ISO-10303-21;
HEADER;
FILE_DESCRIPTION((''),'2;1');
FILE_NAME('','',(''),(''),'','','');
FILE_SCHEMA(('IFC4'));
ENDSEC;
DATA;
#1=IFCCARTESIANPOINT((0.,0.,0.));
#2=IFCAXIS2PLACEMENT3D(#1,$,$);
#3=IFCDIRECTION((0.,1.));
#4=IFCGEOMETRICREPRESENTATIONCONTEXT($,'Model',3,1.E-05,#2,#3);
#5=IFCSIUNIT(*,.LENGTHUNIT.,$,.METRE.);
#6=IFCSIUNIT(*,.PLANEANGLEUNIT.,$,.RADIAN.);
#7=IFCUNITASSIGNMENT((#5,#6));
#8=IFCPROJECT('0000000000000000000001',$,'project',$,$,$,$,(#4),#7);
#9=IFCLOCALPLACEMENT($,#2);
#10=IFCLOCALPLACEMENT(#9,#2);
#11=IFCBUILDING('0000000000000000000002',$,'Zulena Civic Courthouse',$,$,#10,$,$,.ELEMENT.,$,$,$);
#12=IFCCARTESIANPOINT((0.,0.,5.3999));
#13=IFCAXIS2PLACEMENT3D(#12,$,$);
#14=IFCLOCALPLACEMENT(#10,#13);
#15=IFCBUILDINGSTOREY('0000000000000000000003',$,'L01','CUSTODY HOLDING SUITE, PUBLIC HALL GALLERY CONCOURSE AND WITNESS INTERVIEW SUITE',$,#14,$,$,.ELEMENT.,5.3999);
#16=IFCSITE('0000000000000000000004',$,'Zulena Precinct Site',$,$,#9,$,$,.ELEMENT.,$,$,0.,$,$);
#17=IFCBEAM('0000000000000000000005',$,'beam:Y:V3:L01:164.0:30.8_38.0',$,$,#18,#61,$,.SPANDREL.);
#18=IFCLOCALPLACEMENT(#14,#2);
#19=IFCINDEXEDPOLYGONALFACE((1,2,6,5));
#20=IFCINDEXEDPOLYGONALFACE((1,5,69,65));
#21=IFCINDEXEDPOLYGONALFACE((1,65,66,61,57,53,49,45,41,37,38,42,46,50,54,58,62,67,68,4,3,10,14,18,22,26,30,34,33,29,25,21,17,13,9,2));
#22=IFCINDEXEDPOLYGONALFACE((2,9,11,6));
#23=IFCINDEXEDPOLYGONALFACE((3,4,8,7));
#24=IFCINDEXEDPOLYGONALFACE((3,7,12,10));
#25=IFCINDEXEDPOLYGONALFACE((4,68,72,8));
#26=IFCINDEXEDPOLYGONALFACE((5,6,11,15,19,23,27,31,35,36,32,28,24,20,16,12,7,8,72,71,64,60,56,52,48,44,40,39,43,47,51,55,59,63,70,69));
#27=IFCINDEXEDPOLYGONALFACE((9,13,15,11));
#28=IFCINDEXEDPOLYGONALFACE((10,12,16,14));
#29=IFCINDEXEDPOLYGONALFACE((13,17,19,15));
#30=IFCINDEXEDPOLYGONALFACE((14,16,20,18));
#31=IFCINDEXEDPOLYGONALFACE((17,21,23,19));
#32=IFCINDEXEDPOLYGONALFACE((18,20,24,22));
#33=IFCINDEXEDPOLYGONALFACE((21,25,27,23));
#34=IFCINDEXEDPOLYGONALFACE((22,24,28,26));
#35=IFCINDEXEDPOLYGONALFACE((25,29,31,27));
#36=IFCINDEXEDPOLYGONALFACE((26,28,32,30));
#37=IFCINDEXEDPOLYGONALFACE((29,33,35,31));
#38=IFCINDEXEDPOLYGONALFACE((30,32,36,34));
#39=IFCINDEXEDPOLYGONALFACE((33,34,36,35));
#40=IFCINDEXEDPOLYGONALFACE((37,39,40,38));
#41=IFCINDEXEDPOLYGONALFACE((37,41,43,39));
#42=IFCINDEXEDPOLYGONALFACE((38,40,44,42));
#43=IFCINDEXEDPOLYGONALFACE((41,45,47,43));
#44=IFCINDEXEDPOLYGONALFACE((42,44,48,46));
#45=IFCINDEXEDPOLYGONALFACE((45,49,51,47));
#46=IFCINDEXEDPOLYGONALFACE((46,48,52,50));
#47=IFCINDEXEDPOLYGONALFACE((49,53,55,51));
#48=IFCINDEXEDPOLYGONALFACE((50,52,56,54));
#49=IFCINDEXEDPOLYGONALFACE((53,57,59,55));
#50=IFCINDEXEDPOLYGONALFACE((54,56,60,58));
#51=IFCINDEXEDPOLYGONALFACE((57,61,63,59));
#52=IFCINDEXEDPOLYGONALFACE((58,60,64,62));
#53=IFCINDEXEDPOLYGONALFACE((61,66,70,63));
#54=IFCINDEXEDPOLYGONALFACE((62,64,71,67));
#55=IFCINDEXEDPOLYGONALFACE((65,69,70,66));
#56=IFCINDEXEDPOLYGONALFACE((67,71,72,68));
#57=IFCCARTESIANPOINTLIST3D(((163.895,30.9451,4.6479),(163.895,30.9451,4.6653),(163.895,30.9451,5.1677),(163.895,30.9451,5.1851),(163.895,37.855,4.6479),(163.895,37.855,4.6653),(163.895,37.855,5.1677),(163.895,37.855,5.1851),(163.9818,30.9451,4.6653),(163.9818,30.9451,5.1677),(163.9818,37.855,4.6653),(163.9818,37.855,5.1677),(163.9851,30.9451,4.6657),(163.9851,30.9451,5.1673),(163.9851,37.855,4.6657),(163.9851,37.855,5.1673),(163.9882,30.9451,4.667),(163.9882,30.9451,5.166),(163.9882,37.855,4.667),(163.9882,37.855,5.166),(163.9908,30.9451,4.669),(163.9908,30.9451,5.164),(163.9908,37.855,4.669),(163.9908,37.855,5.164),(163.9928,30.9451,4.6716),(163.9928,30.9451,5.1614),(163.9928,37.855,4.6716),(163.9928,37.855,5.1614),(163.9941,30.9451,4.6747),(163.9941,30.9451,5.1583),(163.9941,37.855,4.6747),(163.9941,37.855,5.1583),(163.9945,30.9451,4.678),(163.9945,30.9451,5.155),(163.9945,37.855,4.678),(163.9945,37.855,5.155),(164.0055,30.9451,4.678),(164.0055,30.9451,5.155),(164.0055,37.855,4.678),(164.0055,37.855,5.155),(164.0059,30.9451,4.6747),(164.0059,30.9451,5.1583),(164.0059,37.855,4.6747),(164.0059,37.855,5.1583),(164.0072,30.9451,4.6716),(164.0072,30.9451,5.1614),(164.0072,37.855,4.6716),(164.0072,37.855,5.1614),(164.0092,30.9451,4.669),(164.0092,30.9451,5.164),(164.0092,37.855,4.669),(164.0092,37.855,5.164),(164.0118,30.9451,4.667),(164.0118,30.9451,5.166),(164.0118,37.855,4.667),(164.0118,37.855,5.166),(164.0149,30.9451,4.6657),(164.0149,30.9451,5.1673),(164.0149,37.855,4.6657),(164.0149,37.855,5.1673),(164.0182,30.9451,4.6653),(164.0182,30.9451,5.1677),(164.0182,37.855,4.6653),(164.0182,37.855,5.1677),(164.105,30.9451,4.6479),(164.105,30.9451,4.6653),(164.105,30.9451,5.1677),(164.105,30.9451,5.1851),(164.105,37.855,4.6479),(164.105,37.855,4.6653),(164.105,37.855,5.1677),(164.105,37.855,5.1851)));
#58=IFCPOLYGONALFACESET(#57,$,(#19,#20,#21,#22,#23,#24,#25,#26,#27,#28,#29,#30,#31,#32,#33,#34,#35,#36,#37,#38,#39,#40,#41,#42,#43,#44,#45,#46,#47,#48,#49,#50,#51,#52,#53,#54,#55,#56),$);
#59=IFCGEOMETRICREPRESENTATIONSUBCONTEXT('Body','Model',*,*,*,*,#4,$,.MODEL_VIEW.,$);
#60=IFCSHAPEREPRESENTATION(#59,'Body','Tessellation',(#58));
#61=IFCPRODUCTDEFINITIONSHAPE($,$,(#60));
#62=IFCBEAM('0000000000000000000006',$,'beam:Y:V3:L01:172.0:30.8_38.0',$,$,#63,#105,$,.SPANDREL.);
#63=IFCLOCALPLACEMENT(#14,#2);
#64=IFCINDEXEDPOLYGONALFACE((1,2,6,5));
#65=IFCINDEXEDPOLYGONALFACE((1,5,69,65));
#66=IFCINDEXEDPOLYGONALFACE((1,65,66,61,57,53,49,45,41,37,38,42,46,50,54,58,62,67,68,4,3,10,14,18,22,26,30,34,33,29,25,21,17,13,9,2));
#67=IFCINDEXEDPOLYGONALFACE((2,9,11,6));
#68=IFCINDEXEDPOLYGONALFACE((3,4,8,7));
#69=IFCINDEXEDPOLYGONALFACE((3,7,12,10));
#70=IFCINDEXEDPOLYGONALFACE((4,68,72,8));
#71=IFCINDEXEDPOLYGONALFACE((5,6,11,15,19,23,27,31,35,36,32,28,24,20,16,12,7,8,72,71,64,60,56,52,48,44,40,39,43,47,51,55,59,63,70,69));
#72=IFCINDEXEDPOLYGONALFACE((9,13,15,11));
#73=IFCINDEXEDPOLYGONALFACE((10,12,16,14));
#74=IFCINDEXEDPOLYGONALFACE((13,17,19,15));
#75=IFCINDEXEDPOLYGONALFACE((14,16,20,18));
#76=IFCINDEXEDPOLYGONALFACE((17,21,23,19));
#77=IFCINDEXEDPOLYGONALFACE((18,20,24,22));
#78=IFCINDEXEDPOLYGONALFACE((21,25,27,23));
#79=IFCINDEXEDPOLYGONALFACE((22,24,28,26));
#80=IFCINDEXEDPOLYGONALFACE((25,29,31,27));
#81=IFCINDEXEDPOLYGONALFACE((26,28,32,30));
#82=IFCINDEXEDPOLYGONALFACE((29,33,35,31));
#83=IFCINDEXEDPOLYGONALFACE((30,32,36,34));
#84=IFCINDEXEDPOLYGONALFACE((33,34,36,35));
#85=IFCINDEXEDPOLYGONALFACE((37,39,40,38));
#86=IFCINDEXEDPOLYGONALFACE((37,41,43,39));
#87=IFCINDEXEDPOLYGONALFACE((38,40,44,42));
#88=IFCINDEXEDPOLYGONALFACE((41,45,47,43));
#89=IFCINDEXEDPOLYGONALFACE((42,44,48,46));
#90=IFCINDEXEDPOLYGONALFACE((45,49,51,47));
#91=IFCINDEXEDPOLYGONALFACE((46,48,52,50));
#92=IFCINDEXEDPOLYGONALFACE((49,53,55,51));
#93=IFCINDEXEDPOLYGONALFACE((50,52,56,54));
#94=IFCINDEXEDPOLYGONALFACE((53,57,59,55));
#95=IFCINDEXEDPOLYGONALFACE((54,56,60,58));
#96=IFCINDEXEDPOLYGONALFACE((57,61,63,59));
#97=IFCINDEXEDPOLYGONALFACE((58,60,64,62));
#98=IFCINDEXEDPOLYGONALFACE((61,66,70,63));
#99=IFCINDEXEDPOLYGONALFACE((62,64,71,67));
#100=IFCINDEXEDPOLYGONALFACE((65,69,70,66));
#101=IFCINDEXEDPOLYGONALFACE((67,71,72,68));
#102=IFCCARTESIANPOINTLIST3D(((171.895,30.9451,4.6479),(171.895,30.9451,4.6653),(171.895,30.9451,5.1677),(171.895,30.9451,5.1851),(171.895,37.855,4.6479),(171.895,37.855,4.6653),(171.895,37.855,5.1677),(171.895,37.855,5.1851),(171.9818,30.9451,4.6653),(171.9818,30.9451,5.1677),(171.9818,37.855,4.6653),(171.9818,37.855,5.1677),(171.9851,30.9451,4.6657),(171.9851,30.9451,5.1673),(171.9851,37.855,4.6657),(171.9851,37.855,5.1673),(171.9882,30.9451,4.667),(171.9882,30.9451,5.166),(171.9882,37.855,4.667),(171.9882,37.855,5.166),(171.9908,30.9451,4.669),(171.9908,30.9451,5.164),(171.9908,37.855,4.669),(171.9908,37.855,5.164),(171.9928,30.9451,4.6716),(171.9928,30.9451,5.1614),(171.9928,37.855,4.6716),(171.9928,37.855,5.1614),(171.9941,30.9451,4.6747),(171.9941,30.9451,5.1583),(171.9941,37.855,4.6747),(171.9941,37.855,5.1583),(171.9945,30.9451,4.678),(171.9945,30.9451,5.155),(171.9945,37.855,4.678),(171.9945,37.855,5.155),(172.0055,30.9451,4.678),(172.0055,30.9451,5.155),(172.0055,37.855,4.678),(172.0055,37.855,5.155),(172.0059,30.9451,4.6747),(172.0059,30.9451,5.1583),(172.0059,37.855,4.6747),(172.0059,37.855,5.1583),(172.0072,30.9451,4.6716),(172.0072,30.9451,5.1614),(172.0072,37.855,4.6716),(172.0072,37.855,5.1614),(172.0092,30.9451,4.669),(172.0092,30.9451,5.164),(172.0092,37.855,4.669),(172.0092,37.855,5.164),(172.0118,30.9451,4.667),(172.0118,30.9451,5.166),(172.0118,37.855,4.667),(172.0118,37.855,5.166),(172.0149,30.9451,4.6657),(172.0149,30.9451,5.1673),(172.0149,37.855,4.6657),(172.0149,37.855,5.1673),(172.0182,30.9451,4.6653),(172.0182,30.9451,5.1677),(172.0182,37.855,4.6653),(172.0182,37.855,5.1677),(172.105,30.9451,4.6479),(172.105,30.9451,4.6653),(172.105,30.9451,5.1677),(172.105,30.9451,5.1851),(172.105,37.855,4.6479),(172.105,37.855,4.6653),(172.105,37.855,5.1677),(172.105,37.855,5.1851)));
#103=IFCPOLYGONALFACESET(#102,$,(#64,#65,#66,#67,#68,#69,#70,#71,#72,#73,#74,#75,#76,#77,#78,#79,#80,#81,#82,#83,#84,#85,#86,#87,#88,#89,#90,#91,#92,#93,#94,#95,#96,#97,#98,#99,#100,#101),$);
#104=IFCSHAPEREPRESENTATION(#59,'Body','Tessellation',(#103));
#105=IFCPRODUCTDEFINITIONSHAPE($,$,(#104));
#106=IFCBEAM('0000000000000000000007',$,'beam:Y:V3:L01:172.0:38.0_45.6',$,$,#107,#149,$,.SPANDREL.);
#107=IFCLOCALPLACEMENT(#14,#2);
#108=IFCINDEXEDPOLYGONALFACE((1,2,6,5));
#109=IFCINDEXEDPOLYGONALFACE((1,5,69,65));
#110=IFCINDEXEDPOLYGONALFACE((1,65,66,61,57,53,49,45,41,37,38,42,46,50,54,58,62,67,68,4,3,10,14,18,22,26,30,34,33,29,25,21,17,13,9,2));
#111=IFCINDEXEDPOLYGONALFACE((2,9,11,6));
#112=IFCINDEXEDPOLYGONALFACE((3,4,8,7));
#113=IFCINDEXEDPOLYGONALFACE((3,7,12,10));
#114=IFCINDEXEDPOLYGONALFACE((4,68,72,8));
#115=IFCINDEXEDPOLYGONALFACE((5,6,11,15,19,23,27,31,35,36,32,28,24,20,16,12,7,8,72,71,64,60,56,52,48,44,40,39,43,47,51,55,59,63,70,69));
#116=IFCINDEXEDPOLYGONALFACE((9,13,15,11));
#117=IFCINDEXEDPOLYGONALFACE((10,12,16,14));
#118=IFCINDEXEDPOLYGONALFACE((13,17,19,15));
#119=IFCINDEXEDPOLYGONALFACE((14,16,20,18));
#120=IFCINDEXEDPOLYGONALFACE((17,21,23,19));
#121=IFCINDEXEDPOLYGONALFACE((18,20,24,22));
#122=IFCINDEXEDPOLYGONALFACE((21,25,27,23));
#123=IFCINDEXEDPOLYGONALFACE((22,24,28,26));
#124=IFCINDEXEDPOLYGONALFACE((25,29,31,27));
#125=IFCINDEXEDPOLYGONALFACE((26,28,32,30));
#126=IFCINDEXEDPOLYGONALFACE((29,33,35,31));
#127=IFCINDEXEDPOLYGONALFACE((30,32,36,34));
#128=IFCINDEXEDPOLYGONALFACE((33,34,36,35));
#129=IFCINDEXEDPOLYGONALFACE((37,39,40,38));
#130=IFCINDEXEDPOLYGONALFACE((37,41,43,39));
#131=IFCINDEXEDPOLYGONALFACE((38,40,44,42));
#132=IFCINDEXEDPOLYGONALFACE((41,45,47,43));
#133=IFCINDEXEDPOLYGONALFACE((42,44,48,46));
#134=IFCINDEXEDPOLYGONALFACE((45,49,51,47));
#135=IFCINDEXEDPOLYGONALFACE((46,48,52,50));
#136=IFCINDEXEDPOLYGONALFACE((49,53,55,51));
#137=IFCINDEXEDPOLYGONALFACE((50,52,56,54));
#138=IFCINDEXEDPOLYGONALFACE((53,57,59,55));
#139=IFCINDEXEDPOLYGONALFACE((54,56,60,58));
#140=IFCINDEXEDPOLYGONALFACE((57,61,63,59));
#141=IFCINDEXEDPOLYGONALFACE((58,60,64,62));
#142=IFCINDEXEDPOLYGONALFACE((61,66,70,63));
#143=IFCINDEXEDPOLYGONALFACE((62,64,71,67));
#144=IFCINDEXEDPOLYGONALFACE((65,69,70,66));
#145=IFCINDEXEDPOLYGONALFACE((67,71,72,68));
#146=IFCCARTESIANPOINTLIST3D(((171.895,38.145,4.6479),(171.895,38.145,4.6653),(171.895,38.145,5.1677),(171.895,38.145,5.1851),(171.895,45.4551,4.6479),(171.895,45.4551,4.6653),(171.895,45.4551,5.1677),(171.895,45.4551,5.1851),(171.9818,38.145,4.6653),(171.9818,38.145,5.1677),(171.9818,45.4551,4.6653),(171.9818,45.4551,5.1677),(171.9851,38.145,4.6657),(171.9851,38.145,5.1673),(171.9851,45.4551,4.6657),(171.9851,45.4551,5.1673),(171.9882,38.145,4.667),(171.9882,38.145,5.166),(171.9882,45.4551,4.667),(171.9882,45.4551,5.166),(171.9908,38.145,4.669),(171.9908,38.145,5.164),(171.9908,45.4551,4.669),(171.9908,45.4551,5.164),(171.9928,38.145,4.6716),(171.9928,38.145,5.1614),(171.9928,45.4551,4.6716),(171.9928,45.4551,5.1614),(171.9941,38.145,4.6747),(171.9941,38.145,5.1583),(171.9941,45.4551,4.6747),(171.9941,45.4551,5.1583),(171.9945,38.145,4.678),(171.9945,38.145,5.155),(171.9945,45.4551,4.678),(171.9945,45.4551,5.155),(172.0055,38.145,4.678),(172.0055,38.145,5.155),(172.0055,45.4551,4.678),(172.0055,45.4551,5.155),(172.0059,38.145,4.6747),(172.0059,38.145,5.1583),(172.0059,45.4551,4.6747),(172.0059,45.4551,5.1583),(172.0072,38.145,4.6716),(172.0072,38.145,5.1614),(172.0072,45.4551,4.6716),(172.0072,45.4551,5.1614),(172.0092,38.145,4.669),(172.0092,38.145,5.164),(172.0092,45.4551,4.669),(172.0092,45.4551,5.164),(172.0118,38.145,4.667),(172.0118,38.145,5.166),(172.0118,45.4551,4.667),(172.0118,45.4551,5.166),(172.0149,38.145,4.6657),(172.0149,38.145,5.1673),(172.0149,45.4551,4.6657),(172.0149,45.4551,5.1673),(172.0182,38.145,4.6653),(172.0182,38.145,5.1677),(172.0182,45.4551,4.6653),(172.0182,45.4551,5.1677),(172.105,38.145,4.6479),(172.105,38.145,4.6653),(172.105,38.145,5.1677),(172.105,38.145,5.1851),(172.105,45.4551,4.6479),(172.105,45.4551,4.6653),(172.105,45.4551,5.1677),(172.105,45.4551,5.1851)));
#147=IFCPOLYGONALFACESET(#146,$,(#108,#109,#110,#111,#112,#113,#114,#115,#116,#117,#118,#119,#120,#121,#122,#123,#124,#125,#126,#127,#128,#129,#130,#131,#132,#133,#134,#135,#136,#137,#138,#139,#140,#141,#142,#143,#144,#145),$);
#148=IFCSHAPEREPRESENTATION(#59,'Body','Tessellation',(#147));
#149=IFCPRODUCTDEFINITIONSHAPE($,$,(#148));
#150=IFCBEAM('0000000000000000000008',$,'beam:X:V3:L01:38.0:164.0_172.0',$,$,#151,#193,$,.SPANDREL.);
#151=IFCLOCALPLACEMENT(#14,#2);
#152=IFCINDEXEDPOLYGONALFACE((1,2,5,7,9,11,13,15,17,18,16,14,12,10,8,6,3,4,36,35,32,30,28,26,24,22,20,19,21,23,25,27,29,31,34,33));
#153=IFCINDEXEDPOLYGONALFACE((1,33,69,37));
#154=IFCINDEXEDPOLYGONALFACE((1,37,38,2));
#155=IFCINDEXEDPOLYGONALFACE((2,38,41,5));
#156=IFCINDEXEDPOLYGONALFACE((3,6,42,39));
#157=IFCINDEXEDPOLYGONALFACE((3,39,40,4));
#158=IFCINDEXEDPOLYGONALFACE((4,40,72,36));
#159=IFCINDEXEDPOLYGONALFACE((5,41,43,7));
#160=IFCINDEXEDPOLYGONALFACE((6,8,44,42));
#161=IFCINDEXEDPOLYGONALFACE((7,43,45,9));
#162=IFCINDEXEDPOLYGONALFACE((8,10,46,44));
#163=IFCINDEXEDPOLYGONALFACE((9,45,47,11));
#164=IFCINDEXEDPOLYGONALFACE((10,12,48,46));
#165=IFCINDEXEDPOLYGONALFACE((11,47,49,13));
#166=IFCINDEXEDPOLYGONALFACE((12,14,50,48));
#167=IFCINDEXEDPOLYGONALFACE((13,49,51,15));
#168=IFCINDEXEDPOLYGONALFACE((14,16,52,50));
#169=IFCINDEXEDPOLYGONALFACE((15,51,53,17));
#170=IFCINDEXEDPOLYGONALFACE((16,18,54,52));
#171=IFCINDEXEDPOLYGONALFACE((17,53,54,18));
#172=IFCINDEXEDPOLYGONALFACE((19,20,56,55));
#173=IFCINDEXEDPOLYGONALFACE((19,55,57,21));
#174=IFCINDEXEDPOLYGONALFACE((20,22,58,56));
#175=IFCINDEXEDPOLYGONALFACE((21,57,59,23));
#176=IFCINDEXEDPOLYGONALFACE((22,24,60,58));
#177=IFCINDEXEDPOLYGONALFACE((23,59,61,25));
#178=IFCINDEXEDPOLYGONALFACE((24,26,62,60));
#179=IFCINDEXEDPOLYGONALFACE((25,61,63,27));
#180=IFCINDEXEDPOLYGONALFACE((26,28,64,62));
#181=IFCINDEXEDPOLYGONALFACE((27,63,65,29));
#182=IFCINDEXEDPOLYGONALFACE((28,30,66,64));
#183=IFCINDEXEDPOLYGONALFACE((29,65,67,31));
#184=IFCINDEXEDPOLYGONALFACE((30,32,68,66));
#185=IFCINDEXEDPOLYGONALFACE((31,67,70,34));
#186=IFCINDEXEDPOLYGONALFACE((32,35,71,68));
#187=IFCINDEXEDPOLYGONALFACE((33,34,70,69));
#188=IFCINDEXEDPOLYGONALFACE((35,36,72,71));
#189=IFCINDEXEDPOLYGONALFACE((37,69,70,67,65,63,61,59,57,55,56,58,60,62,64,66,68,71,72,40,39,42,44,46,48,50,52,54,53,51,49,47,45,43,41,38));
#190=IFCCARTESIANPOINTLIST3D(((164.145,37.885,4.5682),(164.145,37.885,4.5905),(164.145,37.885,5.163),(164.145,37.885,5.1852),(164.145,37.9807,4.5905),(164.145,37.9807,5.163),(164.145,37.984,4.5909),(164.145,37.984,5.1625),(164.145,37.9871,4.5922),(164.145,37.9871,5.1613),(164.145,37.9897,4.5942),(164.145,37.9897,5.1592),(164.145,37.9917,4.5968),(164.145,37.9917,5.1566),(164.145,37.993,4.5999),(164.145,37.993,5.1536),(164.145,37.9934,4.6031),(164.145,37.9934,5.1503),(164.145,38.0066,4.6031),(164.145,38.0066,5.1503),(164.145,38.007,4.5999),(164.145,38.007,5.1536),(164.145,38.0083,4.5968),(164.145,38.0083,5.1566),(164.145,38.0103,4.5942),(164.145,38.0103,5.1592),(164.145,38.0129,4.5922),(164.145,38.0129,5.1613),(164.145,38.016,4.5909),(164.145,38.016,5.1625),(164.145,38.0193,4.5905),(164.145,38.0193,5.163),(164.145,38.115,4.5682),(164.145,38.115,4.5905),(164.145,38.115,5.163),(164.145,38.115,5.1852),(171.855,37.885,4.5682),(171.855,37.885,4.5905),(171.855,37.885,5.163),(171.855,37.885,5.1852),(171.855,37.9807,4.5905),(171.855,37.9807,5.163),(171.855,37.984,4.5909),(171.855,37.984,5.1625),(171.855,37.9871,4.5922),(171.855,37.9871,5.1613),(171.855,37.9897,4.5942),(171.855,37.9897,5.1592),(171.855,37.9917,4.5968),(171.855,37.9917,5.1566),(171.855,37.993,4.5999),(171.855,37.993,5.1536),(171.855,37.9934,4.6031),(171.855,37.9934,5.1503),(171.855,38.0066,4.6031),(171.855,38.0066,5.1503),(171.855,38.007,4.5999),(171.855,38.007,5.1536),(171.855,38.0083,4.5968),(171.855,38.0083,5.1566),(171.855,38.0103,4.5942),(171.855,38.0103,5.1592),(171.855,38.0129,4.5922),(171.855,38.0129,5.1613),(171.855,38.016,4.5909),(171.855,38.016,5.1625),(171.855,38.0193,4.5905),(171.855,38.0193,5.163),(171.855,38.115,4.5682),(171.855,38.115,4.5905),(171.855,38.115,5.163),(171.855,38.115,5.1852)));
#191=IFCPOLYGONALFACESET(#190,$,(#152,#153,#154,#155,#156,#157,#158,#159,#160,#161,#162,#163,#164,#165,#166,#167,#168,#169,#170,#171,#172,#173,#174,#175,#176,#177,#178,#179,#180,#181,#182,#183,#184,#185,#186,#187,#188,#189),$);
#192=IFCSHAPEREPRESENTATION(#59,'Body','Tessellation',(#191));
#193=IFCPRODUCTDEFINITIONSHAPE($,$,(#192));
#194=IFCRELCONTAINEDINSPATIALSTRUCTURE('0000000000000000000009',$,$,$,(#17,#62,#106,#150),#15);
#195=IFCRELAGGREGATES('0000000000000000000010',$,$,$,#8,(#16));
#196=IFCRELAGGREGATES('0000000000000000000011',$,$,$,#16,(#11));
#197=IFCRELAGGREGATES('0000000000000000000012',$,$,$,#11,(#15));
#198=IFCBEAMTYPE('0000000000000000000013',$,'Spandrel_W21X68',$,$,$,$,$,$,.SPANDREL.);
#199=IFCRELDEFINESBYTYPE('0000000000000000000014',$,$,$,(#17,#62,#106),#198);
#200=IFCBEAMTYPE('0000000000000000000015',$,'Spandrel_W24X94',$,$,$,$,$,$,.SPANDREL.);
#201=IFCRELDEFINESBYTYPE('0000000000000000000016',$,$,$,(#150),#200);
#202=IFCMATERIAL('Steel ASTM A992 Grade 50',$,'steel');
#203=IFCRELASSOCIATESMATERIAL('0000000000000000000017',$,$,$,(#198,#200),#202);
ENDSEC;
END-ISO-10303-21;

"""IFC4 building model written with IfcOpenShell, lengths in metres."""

from ifc_helpers import new_model, si_unit, direction, frame, origin, origin_2d, place, context, subcontext, project, spatial, i_section, extrude, material, material_profile, profile_set, type_object, element, save


model = new_model("IFC4")

# Units and contexts
model_context = context("Model", 3, precision=1e-05, world=origin(), true_north=direction((0.0, 1.0)))
body_context = subcontext(model_context, "Body", "Model", "MODEL_VIEW")
ifc_project = project(units=[si_unit("LENGTHUNIT", "METRE"), si_unit("PLANEANGLEUNIT", "RADIAN")], contexts=[model_context])

# Site, building, storey
site_placement = place(None, origin())
site = spatial("IfcSite", under=ifc_project, at=site_placement, Name="Zulena Precinct Site", CompositionType="ELEMENT", RefElevation=0.0)
building_placement = place(site_placement, origin())
building = spatial("IfcBuilding", under=site, at=building_placement, Name="Zulena Civic Courthouse", CompositionType="ELEMENT")
storey_placement = place(building_placement, frame((0.0, 0.0, 5.3999)))
storey = spatial("IfcBuildingStorey", under=building, at=storey_placement, Name="L01", Description="CUSTODY HOLDING SUITE, PUBLIC HALL GALLERY CONCOURSE AND WITNESS INTERVIEW SUITE", CompositionType="ELEMENT", Elevation=5.3999)

# Shared definitions
ifc_material_1 = material(Name="Steel ASTM A992 Grade 50", Category="steel")

# Beams
ifc_material_profile_1 = material_profile(ifc_material_1, i_section(OverallWidth=0.21, OverallDepth=0.5371, WebThickness=0.011, FlangeThickness=0.0173, FilletRadius=0.0127, at=origin_2d()), Name="W21X68")
ifc_profile_set_1 = profile_set([ifc_material_profile_1], Name="Steel ASTM A992 Grade 50")
beam_type_1 = type_object("IfcBeamType", Name="Spandrel_W21X68", PredefinedType="SPANDREL", material=ifc_profile_set_1)
for number, where, z_axis, x_axis, name in (
    (1, (164.0, 30.9451, 4.9165), (0.0, 1.0, 0.0), (-1.0, 0.0, 0.0), "beam:Y:V3:L01:164.0:30.8_38.0"),
    (2, (172.0, 30.9451, 4.9165), (0.0, 1.0, 0.0), (-1.0, 0.0, 0.0), "beam:Y:V3:L01:172.0:30.8_38.0"),
):
    element("IfcBeam", number, at=place(storey_placement, frame(where, z_axis=z_axis, x_axis=x_axis)), inside=storey, type_object=beam_type_1, Name=name, PredefinedType="SPANDREL", context=body_context, shape_type="SweptSolid", body=[
        extrude(i_section(OverallWidth=0.21, OverallDepth=0.5371, WebThickness=0.011, FlangeThickness=0.0173, FilletRadius=0.0127, at=origin_2d()), origin(), (0.0, 0.0, 1.0), 6.9099),
    ])
beam_1_placement = place(storey_placement, frame((172.0, 38.145, 4.9165), z_axis=(0.0, 1.0, 0.0), x_axis=(-1.0, 0.0, 0.0)))
element("IfcBeam", 3, at=beam_1_placement, inside=storey, type_object=beam_type_1, Name="beam:Y:V3:L01:172.0:38.0_45.6", PredefinedType="SPANDREL", context=body_context, shape_type="SweptSolid", body=[
    extrude(i_section(OverallWidth=0.21, OverallDepth=0.5371, WebThickness=0.011, FlangeThickness=0.0173, FilletRadius=0.0127, at=origin_2d()), origin(), (0.0, 0.0, 1.0), 7.3101),
])
ifc_material_profile_2 = material_profile(ifc_material_1, i_section(OverallWidth=0.23, OverallDepth=0.6169, WebThickness=0.0132, FlangeThickness=0.0222, FilletRadius=0.0127, at=origin_2d()), Name="W24X94")
ifc_profile_set_2 = profile_set([ifc_material_profile_2], Name="Steel ASTM A992 Grade 50")
beam_type_2 = type_object("IfcBeamType", Name="Spandrel_W24X94", PredefinedType="SPANDREL", material=ifc_profile_set_2)
for number, where, z_axis, x_axis, name in (
    (4, (164.145, 38.0, 4.8767), (1.0, 0.0, 0.0), (0.0, 1.0, 0.0), "beam:X:V3:L01:38.0:164.0_172.0"),
):
    element("IfcBeam", number, at=place(storey_placement, frame(where, z_axis=z_axis, x_axis=x_axis)), inside=storey, type_object=beam_type_2, Name=name, PredefinedType="SPANDREL", context=body_context, shape_type="SweptSolid", body=[
        extrude(i_section(OverallWidth=0.23, OverallDepth=0.6169, WebThickness=0.0132, FlangeThickness=0.0222, FilletRadius=0.0127, at=origin_2d()), origin(), (0.0, 0.0, 1.0), 7.71),
    ])

save(model, "model.ifc")
